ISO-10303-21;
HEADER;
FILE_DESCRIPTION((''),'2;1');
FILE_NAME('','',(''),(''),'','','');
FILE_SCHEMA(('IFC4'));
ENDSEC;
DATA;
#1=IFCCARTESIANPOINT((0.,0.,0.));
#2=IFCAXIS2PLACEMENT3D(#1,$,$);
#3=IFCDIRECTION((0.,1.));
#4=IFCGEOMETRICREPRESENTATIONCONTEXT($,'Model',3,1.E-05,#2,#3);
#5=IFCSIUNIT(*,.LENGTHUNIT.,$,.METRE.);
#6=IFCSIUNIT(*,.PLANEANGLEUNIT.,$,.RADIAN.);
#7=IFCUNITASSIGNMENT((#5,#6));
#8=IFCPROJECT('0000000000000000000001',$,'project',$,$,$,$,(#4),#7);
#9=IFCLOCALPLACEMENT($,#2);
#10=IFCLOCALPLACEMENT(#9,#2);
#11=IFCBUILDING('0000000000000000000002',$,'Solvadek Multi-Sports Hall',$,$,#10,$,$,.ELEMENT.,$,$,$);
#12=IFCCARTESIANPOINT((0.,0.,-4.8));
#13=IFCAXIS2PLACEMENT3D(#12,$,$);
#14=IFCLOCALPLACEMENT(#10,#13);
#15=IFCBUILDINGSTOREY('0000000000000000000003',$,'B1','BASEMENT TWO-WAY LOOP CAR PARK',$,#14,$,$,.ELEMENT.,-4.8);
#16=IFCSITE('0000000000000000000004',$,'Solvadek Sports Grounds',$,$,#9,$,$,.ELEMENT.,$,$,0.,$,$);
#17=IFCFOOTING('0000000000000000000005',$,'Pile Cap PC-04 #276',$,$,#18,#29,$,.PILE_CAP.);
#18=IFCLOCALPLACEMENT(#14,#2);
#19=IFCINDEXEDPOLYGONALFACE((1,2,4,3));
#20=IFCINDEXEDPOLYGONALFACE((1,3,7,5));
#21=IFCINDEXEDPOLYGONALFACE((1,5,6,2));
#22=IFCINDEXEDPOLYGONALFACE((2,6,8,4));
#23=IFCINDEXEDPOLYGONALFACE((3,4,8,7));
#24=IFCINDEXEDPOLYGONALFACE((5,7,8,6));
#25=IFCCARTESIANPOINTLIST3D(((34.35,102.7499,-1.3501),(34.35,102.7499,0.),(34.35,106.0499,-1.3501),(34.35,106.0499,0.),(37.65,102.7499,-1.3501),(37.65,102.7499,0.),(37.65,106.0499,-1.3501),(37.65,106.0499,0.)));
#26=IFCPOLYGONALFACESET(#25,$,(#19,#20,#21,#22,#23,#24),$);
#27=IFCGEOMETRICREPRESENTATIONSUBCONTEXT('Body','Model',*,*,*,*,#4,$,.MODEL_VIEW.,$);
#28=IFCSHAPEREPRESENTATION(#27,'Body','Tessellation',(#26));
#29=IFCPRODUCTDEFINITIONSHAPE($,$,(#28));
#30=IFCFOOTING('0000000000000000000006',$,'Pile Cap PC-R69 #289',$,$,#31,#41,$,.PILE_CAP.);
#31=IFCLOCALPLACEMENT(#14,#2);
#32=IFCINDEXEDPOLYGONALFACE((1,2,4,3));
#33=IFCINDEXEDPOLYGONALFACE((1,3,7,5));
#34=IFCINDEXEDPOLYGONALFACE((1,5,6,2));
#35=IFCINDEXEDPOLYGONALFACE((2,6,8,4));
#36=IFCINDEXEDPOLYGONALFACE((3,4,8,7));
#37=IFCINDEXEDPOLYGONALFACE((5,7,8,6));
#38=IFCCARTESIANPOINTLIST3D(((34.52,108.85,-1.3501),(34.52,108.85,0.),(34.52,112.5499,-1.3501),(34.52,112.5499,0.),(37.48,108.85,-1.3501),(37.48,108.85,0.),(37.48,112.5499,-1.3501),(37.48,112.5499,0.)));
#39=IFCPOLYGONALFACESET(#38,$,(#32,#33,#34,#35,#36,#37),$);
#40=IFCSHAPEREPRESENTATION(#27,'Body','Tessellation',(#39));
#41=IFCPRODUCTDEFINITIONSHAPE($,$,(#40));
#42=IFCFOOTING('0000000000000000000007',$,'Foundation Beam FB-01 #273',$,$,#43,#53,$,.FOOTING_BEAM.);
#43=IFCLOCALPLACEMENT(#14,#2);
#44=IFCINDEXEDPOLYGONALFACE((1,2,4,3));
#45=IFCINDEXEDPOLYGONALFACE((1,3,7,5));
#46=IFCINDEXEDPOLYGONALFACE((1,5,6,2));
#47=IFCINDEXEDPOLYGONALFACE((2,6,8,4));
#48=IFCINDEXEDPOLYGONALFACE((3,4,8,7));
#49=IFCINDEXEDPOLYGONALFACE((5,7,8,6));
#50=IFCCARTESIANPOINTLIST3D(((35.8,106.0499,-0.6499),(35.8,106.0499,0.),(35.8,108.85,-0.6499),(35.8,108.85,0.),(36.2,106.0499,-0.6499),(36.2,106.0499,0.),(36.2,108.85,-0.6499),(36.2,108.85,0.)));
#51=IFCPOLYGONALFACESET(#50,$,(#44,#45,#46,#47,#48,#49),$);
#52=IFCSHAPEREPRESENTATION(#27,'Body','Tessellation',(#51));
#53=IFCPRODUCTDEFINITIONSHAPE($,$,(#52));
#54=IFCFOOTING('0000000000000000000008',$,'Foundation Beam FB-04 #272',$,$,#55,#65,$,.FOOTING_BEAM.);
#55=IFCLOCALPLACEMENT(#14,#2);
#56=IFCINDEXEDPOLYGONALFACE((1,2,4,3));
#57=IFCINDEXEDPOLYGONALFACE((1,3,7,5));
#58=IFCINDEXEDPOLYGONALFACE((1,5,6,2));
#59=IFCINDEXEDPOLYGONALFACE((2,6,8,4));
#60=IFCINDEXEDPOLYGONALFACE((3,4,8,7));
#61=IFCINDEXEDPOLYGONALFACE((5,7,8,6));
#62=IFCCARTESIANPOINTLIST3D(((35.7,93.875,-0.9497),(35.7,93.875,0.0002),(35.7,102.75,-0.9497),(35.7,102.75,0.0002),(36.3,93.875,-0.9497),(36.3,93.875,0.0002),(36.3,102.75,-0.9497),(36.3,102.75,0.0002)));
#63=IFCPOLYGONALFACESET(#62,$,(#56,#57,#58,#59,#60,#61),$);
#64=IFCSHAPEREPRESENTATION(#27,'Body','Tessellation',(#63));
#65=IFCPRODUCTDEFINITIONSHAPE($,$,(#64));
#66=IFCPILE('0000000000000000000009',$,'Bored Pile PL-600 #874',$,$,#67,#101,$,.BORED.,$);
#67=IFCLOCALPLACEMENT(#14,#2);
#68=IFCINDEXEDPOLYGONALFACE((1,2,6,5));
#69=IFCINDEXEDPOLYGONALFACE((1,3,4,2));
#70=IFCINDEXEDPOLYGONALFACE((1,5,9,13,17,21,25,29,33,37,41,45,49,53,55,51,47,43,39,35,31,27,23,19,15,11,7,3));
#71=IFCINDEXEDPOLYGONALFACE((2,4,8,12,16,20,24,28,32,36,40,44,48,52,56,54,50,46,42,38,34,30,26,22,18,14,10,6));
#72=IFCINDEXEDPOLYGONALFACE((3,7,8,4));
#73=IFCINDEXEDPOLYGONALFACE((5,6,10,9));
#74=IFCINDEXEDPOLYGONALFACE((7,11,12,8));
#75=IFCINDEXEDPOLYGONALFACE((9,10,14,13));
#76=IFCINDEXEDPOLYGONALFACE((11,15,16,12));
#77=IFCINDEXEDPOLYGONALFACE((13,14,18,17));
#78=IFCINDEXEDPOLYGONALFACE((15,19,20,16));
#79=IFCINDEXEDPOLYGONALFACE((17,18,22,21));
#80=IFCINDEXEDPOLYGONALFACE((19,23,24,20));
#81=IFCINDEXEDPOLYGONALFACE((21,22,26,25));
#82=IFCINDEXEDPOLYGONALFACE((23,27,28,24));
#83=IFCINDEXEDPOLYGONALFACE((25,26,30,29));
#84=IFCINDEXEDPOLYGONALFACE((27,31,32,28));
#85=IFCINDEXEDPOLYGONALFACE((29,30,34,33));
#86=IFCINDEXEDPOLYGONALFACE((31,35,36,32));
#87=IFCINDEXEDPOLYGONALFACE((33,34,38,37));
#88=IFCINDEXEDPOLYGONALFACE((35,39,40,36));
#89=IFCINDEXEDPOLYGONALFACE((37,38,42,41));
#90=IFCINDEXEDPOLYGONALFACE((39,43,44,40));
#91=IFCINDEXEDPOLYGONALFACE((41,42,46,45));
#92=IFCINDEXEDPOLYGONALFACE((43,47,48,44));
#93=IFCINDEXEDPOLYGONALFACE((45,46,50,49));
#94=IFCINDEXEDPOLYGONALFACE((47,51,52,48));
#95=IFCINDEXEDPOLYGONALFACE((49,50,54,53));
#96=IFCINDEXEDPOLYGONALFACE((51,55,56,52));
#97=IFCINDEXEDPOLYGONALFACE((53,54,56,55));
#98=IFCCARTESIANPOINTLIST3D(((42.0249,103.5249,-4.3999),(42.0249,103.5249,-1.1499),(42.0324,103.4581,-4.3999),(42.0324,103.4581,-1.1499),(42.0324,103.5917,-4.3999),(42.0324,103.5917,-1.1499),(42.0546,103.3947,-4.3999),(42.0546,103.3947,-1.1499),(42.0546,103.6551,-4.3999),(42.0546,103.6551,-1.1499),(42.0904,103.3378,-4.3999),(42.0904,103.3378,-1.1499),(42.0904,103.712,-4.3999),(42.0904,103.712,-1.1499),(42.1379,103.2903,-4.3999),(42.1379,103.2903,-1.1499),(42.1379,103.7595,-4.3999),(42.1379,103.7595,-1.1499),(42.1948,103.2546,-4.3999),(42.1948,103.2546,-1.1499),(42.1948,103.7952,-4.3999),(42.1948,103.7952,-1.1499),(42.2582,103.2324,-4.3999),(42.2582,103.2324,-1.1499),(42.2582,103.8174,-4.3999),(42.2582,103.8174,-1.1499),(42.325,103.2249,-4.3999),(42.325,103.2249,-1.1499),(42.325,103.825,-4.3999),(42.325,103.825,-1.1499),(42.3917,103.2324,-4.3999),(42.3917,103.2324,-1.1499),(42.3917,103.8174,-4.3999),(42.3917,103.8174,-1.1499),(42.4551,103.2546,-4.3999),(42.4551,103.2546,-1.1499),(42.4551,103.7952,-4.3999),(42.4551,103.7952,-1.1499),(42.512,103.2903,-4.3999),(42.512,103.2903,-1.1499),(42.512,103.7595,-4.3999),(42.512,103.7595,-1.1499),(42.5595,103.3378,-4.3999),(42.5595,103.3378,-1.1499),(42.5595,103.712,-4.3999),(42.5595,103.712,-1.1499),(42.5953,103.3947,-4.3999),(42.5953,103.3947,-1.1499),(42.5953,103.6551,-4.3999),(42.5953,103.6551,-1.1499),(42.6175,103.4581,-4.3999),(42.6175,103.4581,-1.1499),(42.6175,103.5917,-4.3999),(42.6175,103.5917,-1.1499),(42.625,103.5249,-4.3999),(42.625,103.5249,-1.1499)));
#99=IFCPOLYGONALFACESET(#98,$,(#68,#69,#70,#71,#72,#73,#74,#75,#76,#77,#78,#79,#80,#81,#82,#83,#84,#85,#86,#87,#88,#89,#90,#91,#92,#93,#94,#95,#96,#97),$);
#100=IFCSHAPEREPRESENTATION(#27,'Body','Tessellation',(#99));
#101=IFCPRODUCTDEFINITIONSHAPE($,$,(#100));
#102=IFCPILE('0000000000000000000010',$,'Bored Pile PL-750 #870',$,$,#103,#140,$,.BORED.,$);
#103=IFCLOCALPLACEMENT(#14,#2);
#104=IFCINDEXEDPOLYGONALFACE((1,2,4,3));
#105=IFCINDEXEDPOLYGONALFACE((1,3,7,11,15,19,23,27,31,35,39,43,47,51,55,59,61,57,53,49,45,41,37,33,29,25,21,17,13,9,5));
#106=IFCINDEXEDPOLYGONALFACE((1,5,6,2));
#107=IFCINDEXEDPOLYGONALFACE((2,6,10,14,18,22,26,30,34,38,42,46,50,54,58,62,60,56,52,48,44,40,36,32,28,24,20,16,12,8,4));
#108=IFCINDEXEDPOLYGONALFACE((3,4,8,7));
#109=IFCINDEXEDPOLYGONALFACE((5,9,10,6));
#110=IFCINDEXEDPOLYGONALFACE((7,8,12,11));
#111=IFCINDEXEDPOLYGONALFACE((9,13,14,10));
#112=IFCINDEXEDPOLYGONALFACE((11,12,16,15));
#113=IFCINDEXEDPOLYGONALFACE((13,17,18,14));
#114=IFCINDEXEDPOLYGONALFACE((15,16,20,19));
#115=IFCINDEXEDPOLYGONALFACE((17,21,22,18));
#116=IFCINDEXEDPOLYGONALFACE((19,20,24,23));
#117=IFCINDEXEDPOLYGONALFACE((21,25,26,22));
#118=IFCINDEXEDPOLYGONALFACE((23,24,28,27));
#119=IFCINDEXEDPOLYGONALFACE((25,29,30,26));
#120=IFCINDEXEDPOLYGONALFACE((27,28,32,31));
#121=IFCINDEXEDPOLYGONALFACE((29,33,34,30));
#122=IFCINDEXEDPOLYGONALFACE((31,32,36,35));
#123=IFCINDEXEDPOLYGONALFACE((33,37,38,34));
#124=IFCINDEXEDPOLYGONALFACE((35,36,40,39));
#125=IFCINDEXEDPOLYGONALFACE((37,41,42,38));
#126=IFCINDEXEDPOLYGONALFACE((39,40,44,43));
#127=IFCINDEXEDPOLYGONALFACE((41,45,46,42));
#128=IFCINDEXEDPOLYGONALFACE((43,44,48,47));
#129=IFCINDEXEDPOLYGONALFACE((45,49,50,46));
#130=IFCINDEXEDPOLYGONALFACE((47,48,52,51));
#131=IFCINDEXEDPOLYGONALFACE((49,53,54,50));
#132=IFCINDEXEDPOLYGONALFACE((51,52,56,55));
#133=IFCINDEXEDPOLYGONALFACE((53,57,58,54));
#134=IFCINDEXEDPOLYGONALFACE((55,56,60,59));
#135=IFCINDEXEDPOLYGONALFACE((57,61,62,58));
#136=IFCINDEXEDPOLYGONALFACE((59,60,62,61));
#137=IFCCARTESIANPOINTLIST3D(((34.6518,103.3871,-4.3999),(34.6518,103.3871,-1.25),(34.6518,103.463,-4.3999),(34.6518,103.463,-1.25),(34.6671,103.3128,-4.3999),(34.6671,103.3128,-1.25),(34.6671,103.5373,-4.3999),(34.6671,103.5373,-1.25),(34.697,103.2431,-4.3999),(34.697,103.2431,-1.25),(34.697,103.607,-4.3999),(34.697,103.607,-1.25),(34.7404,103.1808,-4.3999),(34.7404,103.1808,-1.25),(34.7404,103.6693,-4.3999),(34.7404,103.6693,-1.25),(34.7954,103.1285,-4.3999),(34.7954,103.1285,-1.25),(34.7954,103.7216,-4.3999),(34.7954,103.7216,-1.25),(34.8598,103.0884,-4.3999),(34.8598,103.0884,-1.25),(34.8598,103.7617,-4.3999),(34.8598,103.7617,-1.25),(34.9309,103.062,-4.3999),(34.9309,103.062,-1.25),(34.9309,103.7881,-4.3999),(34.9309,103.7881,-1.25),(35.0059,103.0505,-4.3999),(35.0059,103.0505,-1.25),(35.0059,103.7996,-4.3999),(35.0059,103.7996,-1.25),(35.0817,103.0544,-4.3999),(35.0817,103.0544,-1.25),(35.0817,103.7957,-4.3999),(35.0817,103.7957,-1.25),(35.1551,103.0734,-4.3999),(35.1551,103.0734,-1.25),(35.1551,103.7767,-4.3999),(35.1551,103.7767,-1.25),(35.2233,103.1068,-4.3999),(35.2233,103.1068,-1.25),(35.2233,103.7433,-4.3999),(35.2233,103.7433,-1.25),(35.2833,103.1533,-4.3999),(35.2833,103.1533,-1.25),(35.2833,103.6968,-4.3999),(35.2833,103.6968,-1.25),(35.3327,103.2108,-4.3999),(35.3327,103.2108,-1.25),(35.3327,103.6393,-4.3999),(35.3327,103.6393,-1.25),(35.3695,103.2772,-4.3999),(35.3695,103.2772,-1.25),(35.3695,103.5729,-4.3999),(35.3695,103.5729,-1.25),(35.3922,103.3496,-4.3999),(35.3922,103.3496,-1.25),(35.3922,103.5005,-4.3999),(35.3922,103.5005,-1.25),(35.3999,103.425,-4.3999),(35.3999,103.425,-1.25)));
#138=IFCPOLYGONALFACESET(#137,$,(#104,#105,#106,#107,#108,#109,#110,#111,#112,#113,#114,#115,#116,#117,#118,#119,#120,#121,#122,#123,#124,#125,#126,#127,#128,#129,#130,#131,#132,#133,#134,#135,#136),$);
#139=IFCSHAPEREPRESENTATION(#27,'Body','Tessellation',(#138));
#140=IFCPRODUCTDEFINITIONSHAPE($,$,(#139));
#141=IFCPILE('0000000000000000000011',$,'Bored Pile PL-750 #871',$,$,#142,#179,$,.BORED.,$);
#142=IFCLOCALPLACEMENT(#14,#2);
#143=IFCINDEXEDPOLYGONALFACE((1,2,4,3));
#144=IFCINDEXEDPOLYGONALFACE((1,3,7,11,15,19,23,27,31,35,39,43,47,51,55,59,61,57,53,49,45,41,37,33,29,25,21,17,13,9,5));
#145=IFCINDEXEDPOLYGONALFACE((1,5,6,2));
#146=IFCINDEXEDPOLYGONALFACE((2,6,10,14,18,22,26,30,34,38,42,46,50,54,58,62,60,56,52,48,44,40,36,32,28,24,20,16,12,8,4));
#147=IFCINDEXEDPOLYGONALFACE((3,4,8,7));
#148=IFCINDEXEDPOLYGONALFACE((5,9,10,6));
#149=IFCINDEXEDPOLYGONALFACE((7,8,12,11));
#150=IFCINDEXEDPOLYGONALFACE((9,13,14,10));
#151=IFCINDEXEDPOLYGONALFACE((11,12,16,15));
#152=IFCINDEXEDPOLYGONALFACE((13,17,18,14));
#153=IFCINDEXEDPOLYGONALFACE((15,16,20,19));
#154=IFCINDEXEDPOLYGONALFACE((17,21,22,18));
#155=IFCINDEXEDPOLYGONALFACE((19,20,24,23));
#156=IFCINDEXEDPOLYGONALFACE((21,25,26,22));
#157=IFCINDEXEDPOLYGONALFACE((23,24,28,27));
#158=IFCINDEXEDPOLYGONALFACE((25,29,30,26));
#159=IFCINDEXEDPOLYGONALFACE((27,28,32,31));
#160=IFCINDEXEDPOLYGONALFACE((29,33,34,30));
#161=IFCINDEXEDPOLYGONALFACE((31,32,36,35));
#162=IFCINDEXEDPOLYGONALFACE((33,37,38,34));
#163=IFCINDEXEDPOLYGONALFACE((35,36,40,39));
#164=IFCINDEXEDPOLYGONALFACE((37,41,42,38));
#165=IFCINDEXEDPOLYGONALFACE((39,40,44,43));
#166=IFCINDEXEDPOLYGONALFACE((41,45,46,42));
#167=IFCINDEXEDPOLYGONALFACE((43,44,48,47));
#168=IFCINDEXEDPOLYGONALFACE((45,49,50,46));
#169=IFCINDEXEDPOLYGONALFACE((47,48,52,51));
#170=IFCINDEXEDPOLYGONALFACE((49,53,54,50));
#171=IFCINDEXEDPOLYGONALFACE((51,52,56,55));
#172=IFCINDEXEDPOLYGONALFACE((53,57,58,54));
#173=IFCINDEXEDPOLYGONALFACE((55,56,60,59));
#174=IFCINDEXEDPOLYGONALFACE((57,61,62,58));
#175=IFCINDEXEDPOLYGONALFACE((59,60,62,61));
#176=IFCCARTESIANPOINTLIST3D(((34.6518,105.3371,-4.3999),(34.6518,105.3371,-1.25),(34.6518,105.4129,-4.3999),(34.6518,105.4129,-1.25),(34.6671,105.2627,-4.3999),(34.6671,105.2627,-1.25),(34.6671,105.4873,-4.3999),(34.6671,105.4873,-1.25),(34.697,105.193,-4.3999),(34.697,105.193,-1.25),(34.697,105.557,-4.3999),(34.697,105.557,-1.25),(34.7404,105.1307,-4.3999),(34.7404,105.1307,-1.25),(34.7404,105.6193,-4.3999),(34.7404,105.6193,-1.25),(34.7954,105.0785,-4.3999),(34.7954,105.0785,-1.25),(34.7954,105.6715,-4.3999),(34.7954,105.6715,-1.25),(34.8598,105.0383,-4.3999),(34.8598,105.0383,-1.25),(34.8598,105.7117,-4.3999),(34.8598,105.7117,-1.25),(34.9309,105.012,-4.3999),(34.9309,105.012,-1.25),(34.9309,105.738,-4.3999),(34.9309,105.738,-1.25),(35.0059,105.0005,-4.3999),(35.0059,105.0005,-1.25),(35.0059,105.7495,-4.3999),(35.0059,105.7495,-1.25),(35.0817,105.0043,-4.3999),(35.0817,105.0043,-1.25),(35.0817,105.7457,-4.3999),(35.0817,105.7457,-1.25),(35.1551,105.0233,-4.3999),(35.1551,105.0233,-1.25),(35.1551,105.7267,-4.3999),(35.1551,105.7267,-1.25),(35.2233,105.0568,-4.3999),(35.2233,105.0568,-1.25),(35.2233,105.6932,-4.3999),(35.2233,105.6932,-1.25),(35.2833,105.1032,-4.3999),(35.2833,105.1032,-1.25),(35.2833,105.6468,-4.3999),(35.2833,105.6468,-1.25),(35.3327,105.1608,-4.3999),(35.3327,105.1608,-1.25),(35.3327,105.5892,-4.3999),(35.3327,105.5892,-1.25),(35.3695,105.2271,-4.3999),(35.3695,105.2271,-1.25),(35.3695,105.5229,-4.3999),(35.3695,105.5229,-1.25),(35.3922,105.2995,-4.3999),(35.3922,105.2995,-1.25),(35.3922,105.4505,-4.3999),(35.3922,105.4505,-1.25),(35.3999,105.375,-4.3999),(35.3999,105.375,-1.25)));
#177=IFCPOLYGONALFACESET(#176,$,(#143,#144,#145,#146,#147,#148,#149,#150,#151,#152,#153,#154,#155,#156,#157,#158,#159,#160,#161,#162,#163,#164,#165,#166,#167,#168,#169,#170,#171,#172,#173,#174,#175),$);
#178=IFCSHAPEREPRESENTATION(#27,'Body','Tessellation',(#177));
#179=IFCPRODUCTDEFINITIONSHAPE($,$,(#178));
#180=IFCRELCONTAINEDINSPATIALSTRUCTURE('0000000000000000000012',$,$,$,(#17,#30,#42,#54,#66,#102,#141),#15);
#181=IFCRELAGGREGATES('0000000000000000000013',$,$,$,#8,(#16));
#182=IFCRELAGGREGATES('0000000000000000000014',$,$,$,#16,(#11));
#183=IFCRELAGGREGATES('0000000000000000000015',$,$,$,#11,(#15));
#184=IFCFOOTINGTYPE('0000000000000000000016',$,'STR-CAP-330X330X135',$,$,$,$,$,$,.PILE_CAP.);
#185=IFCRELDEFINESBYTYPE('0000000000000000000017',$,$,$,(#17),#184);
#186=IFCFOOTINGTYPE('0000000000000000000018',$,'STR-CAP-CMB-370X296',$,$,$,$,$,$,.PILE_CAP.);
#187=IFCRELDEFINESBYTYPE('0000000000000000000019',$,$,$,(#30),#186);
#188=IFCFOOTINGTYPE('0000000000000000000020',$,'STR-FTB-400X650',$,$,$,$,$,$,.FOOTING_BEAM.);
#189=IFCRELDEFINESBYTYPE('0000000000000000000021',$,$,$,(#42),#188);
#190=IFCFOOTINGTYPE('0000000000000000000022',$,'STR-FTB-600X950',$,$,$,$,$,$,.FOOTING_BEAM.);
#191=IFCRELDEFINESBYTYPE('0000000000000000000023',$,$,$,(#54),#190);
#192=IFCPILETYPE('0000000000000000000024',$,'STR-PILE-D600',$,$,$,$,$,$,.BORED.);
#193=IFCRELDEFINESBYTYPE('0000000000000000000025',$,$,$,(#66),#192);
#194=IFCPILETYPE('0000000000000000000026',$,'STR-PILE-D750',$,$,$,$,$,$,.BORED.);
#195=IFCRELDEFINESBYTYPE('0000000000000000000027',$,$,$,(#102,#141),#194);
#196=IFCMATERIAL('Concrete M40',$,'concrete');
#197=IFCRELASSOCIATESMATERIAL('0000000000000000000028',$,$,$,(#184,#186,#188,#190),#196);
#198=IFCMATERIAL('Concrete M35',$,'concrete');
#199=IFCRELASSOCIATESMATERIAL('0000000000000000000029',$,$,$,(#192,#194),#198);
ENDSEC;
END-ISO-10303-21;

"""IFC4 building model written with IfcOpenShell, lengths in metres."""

from ifc_helpers import new_model, si_unit, direction, frame, origin, origin_2d, place, context, subcontext, project, spatial, rectangle, circle, extrude, material, material_profile, profile_set, type_object, element, save


model = new_model("IFC4")

# Units and contexts
model_context = context("Model", 3, precision=1e-05, world=origin(), true_north=direction((0.0, 1.0)))
body_context = subcontext(model_context, "Body", "Model", "MODEL_VIEW")
ifc_project = project(units=[si_unit("LENGTHUNIT", "METRE"), si_unit("PLANEANGLEUNIT", "RADIAN")], contexts=[model_context])

# Site, building, storey
site_placement = place(None, origin())
site = spatial("IfcSite", under=ifc_project, at=site_placement, Name="Solvadek Sports Grounds", CompositionType="ELEMENT", RefElevation=0.0)
building_placement = place(site_placement, origin())
building = spatial("IfcBuilding", under=site, at=building_placement, Name="Solvadek Multi-Sports Hall", CompositionType="ELEMENT")
storey_placement = place(building_placement, frame((0.0, 0.0, -4.8)))
storey = spatial("IfcBuildingStorey", under=building, at=storey_placement, Name="B1", Description="BASEMENT TWO-WAY LOOP CAR PARK", CompositionType="ELEMENT", Elevation=-4.8)

# Footings
ifc_material_1 = material(Name="Concrete M40", Category="concrete")
footing_type_1 = type_object("IfcFootingType", Name="STR-CAP-330X330X135", PredefinedType="PILE_CAP", material=ifc_material_1)
footing_1_placement = place(storey_placement, frame((36.0, 104.3999, -1.3501), z_axis=(0.0, 0.0, 1.0), x_axis=(1.0, 0.0, 0.0)))
element("IfcFooting", 1, at=footing_1_placement, inside=storey, type_object=footing_type_1, Name="Pile Cap PC-04 #276", PredefinedType="PILE_CAP", context=body_context, shape_type="SweptSolid", body=[
    extrude(rectangle(XDim=3.3, YDim=3.3, at=origin_2d()), origin(), (0.0, 0.0, 1.0), 1.3501),
])
footing_type_2 = type_object("IfcFootingType", Name="STR-CAP-CMB-370X296", PredefinedType="PILE_CAP", material=ifc_material_1)
footing_2_placement = place(storey_placement, frame((36.0, 110.7, -1.3501), z_axis=(0.0, 0.0, 1.0), x_axis=(0.0, 1.0, 0.0)))
element("IfcFooting", 2, at=footing_2_placement, inside=storey, type_object=footing_type_2, Name="Pile Cap PC-R69 #289", PredefinedType="PILE_CAP", context=body_context, shape_type="SweptSolid", body=[
    extrude(rectangle(XDim=3.7, YDim=2.96, at=origin_2d()), origin(), (0.0, 0.0, 1.0), 1.3501),
])
footing_type_3 = type_object("IfcFootingType", Name="STR-FTB-400X650", PredefinedType="FOOTING_BEAM", material=ifc_material_1)
footing_3_placement = place(storey_placement, frame((36.0, 107.45, -0.6499), z_axis=(0.0, 0.0, 1.0), x_axis=(0.0, 1.0, 0.0)))
element("IfcFooting", 3, at=footing_3_placement, inside=storey, type_object=footing_type_3, Name="Foundation Beam FB-01 #273", PredefinedType="FOOTING_BEAM", context=body_context, shape_type="SweptSolid", body=[
    extrude(rectangle(XDim=2.8, YDim=0.3999, at=origin_2d()), origin(), (0.0, 0.0, 1.0), 0.6499),
])
footing_type_4 = type_object("IfcFootingType", Name="STR-FTB-600X950", PredefinedType="FOOTING_BEAM", material=ifc_material_1)
footing_4_placement = place(storey_placement, frame((36.0, 98.3125, -0.9497), z_axis=(0.0, 0.0, 1.0), x_axis=(0.0, 1.0, 0.0)))
element("IfcFooting", 4, at=footing_4_placement, inside=storey, type_object=footing_type_4, Name="Foundation Beam FB-04 #272", PredefinedType="FOOTING_BEAM", context=body_context, shape_type="SweptSolid", body=[
    extrude(rectangle(XDim=8.875, YDim=0.6001, at=origin_2d()), origin(), (0.0, 0.0, 1.0), 0.95),
])

# Piles
ifc_material_2 = material(Name="Concrete M35", Category="concrete")
ifc_material_profile_1 = material_profile(ifc_material_2, circle(Radius=0.3, at=origin_2d()), Name="BORED PILE D600")
ifc_profile_set_1 = profile_set([ifc_material_profile_1], Name="Concrete M35")
pile_type_1 = type_object("IfcPileType", Name="STR-PILE-D600", PredefinedType="BORED", material=ifc_profile_set_1)
pile_placement = place(storey_placement, frame((42.325, 103.5249, -1.1499), z_axis=(0.0, 0.0, -1.0), x_axis=(1.0, 0.0, 0.0)))
element("IfcPile", 5, at=pile_placement, inside=storey, type_object=pile_type_1, Name="Bored Pile PL-600 #874", PredefinedType="BORED", context=body_context, shape_type="SweptSolid", body=[
    extrude(circle(Radius=0.3, at=origin_2d()), origin(), (0.0, 0.0, 1.0), 3.25),
])
ifc_material_profile_2 = material_profile(ifc_material_2, circle(Radius=0.375, at=origin_2d()), Name="BORED PILE D750")
ifc_profile_set_2 = profile_set([ifc_material_profile_2], Name="Concrete M35")
pile_type_2 = type_object("IfcPileType", Name="STR-PILE-D750", PredefinedType="BORED", material=ifc_profile_set_2)
for number, where, z_axis, x_axis, name in (
    (6, (35.0249, 103.425, -1.25), (0.0, 0.0, -1.0), (1.0, 0.0, 0.0), "Bored Pile PL-750 #870"),
    (7, (35.0249, 105.375, -1.25), (0.0, 0.0, -1.0), (1.0, 0.0, 0.0), "Bored Pile PL-750 #871"),
):
    element("IfcPile", number, at=place(storey_placement, frame(where, z_axis=z_axis, x_axis=x_axis)), inside=storey, type_object=pile_type_2, Name=name, PredefinedType="BORED", context=body_context, shape_type="SweptSolid", body=[
        extrude(circle(Radius=0.375, at=origin_2d()), origin(), (0.0, 0.0, 1.0), 3.1499),
    ])

save(model, "model.ifc")
